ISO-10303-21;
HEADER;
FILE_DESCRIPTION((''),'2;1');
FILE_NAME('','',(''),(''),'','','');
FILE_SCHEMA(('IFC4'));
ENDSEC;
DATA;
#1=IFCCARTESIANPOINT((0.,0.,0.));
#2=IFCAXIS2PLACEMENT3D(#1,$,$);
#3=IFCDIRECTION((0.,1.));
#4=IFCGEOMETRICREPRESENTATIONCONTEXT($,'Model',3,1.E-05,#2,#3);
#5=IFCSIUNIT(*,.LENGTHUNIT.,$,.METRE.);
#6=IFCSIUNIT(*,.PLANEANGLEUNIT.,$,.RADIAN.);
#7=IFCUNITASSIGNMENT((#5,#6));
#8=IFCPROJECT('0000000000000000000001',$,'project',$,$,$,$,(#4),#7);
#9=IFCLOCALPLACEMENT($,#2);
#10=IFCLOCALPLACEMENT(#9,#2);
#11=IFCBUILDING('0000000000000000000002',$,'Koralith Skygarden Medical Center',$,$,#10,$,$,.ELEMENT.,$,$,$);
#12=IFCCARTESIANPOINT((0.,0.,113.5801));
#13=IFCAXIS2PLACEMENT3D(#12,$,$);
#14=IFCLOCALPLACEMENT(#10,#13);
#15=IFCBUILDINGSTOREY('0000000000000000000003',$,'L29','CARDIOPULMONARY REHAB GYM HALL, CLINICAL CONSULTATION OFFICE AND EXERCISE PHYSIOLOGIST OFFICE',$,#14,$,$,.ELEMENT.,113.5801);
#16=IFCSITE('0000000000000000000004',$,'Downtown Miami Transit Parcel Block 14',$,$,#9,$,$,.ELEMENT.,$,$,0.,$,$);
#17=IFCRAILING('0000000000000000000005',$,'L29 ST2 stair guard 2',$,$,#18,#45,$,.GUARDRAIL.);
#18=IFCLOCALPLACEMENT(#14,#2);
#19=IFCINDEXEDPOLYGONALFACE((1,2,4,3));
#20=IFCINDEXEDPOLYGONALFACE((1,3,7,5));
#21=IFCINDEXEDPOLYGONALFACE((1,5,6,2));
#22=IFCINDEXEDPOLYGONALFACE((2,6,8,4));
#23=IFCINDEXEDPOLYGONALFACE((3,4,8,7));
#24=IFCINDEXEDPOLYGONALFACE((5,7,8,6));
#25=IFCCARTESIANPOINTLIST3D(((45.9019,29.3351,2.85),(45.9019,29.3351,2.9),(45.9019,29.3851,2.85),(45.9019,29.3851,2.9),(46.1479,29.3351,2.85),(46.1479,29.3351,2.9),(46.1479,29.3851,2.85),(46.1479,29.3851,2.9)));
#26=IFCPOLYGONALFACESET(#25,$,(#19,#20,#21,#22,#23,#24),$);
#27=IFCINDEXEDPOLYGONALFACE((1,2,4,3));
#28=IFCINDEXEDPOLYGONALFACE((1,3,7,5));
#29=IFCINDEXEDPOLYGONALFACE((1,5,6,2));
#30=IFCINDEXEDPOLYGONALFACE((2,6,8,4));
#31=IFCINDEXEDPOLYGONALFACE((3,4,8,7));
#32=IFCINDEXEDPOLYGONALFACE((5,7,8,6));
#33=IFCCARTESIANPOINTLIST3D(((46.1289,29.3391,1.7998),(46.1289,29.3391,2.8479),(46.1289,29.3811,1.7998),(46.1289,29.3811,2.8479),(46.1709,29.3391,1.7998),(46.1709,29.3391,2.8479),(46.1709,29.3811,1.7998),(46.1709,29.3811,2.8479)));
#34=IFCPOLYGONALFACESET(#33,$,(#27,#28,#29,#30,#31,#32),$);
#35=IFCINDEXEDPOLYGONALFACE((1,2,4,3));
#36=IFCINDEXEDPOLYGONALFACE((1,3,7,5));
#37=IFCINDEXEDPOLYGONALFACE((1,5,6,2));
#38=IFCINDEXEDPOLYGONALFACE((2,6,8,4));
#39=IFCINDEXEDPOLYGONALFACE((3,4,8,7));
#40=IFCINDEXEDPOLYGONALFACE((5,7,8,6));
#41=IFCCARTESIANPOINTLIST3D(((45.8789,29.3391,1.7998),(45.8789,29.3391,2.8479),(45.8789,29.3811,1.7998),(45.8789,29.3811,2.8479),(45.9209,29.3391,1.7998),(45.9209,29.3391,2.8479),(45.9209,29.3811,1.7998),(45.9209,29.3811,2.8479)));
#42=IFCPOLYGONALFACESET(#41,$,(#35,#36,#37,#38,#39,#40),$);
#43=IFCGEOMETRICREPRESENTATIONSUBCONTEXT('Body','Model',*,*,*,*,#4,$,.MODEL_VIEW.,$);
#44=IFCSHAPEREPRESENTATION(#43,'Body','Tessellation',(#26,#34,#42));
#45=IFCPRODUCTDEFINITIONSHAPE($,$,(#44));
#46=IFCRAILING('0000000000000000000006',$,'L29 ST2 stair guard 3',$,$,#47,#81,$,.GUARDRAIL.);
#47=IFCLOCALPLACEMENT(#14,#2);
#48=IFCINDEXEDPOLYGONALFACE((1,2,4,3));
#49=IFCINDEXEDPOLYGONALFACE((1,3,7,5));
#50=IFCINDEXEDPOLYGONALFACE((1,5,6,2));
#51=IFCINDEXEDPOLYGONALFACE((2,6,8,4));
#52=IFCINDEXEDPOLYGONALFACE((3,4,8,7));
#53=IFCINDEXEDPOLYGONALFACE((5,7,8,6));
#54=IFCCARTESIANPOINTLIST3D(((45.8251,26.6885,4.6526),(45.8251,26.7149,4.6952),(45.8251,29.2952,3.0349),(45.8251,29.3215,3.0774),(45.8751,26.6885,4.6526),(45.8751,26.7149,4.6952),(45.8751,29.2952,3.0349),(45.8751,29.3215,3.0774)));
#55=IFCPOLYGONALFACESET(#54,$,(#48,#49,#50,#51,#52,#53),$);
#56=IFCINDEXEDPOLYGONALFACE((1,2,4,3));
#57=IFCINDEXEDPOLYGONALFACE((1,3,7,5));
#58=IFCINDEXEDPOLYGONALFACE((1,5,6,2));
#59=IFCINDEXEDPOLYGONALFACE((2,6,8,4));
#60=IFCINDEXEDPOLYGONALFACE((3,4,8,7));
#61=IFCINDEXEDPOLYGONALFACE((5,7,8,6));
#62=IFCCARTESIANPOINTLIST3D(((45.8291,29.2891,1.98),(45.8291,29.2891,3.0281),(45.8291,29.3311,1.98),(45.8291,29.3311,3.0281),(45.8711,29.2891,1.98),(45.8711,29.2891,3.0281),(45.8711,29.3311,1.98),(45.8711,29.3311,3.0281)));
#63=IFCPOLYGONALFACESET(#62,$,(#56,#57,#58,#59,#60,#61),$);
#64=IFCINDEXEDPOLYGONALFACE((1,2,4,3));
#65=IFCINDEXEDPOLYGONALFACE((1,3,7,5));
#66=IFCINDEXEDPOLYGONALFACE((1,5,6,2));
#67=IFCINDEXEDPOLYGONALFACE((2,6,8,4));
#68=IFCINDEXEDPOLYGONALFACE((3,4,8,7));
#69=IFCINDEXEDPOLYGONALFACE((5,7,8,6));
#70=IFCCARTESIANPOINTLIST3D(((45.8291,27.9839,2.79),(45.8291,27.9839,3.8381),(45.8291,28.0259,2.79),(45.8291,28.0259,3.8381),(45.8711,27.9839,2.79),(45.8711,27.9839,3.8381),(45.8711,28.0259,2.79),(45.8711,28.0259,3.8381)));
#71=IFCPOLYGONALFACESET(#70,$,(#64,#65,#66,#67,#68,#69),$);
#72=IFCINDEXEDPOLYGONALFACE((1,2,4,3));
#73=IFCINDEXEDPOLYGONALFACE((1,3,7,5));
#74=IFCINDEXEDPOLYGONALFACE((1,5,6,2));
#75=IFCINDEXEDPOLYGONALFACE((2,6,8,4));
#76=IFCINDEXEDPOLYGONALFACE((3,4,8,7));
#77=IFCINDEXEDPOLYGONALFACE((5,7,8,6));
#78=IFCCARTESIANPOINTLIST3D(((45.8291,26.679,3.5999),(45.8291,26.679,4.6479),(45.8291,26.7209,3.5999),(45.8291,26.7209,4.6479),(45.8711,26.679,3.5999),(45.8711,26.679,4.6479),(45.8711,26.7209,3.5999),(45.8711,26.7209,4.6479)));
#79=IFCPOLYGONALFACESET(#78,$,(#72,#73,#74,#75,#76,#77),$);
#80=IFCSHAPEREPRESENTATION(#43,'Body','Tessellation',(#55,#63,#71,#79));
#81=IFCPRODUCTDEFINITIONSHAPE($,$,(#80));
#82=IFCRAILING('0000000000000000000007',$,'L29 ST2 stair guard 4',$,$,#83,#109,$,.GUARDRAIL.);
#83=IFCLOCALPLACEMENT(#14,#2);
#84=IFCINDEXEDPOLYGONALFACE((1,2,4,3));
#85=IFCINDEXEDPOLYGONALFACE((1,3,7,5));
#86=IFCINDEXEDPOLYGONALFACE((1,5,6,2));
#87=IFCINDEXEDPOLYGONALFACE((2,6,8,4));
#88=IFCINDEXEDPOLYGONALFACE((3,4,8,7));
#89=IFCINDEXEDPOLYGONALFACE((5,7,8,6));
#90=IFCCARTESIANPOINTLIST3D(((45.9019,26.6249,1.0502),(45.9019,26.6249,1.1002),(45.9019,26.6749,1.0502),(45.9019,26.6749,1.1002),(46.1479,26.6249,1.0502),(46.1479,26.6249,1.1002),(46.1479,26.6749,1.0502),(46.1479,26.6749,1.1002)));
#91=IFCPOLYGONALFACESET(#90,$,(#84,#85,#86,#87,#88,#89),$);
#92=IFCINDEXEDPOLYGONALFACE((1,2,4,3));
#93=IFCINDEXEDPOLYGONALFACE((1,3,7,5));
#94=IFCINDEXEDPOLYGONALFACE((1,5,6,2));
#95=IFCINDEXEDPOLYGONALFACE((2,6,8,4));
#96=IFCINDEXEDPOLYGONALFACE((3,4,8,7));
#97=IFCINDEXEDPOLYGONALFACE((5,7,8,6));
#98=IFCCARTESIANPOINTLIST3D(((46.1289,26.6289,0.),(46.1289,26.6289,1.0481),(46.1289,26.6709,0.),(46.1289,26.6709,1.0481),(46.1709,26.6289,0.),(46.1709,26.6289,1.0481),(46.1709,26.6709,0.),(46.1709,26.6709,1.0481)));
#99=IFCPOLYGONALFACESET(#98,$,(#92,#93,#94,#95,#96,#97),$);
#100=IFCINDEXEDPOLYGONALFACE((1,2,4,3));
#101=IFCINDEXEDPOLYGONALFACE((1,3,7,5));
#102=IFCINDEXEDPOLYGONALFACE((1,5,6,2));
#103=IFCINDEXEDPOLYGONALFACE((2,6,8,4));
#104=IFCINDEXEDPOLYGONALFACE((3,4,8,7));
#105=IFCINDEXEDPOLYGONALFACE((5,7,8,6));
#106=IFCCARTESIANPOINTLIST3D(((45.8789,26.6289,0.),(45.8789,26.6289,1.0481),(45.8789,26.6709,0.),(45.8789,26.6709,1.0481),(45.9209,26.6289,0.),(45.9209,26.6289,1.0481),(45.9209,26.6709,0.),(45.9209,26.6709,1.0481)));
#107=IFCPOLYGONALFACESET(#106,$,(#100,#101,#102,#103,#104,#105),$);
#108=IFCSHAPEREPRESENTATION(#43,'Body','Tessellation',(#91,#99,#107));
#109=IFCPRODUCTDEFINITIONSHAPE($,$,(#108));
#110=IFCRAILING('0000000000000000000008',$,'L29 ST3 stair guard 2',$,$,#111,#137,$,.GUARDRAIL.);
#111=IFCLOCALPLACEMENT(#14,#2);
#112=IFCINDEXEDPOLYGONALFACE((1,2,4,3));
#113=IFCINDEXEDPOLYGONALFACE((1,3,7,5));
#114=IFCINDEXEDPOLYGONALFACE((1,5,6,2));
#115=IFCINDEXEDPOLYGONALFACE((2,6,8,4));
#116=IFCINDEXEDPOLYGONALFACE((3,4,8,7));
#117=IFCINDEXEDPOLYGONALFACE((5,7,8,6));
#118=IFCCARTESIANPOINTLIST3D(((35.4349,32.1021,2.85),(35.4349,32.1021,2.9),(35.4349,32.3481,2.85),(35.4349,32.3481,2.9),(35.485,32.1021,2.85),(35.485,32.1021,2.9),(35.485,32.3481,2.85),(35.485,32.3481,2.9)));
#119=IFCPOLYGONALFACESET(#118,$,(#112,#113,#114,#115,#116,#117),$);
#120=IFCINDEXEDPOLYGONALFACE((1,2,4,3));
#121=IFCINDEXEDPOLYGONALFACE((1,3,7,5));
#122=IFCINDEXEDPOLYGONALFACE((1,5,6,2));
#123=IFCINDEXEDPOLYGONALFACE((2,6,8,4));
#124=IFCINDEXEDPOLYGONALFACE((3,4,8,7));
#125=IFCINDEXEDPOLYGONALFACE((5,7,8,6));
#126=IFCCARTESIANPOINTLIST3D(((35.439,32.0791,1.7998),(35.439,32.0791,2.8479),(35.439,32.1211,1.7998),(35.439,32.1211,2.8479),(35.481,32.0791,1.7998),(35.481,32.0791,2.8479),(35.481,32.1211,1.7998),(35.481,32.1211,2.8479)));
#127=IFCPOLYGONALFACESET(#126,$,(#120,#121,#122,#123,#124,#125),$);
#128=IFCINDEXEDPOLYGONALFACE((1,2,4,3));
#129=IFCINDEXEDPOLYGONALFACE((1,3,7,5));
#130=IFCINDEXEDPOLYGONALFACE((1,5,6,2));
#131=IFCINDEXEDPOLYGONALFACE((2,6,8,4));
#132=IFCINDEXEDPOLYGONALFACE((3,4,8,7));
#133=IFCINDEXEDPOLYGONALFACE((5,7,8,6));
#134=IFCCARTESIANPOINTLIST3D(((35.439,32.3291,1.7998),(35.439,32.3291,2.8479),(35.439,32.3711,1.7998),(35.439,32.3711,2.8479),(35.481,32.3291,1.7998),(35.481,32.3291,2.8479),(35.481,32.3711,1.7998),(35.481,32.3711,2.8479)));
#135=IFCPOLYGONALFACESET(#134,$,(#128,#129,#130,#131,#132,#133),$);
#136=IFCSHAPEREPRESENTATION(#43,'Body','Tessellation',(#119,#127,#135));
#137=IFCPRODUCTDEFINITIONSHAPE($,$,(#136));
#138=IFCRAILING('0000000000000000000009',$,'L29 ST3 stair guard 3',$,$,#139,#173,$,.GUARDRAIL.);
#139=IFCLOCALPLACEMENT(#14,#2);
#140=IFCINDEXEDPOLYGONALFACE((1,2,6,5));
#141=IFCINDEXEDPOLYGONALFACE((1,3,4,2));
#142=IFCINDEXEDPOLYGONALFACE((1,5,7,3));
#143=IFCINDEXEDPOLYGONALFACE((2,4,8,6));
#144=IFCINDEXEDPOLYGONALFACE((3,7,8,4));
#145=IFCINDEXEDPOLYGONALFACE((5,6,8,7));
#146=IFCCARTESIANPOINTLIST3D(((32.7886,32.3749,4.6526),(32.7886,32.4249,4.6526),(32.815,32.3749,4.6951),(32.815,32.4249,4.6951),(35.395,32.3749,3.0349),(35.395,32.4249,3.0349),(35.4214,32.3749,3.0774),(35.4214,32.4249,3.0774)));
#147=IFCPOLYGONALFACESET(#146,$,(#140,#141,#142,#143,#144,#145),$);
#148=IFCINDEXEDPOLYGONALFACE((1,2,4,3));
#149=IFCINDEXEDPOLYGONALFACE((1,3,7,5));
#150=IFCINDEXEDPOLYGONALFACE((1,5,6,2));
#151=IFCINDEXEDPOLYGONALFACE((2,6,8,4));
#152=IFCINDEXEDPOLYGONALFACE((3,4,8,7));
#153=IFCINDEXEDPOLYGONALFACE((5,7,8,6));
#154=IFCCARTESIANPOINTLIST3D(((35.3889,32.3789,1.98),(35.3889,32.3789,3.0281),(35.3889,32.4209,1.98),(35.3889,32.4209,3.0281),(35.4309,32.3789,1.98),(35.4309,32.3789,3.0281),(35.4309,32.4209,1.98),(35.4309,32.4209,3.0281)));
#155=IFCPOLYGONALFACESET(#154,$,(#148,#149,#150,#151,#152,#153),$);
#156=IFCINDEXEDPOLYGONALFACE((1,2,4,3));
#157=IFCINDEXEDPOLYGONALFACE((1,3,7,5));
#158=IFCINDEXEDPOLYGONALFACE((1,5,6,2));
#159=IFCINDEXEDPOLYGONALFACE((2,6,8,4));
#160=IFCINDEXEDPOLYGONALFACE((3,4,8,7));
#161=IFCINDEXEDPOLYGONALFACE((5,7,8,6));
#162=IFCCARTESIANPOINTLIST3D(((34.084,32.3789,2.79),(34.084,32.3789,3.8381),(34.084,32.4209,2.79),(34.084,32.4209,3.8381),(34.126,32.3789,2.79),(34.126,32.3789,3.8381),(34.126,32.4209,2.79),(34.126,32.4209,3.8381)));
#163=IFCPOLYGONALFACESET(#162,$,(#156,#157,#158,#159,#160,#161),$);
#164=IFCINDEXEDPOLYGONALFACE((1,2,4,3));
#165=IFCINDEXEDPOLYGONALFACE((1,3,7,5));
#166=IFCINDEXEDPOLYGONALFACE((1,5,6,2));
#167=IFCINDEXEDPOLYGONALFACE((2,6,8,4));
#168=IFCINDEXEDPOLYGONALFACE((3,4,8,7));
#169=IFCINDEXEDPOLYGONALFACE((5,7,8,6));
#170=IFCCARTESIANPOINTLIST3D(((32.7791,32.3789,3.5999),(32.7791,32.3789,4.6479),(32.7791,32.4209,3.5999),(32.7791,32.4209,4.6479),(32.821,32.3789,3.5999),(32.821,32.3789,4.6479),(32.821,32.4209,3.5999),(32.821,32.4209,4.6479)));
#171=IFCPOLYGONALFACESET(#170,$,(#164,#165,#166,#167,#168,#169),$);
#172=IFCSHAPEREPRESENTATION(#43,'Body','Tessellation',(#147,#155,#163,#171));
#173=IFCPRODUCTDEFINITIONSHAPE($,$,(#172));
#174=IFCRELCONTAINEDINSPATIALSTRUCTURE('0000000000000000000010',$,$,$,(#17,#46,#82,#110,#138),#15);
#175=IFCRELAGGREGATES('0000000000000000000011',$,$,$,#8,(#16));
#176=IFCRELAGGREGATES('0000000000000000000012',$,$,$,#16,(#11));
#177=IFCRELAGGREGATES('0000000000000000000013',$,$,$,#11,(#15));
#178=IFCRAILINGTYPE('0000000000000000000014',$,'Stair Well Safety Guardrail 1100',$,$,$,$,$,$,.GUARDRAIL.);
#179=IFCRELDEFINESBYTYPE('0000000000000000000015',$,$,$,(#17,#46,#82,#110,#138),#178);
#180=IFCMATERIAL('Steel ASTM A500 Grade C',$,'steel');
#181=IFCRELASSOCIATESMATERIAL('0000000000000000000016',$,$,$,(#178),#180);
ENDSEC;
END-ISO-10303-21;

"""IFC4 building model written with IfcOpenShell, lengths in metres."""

from ifc_helpers import new_model, si_unit, direction, frame, origin, origin_2d, place, context, subcontext, project, spatial, rectangle, extrude, material, type_object, element, save


model = new_model("IFC4")

# Units and contexts
model_context = context("Model", 3, precision=1e-05, world=origin(), true_north=direction((0.0, 1.0)))
body_context = subcontext(model_context, "Body", "Model", "MODEL_VIEW")
ifc_project = project(units=[si_unit("LENGTHUNIT", "METRE"), si_unit("PLANEANGLEUNIT", "RADIAN")], contexts=[model_context])

# Site, building, storey
site_placement = place(None, origin())
site = spatial("IfcSite", under=ifc_project, at=site_placement, Name="Downtown Miami Transit Parcel Block 14", CompositionType="ELEMENT", RefElevation=0.0)
building_placement = place(site_placement, origin())
building = spatial("IfcBuilding", under=site, at=building_placement, Name="Koralith Skygarden Medical Center", CompositionType="ELEMENT")
storey_placement = place(building_placement, frame((0.0, 0.0, 113.5801)))
storey = spatial("IfcBuildingStorey", under=building, at=storey_placement, Name="L29", Description="CARDIOPULMONARY REHAB GYM HALL, CLINICAL CONSULTATION OFFICE AND EXERCISE PHYSIOLOGIST OFFICE", CompositionType="ELEMENT", Elevation=113.5801)

# Railings
ifc_material_1 = material(Name="Steel ASTM A500 Grade C", Category="steel")
railing_type_1 = type_object("IfcRailingType", Name="Stair Well Safety Guardrail 1100", PredefinedType="GUARDRAIL", material=ifc_material_1)
railing_1_placement = place(storey_placement, frame((46.1499, 29.3601, 1.7998)))
element("IfcRailing", 1, at=railing_1_placement, inside=storey, type_object=railing_type_1, Name="L29 ST2 stair guard 2", PredefinedType="GUARDRAIL", context=body_context, shape_type="SweptSolid", body=[
    extrude(rectangle(XDim=0.05, YDim=0.05, at=origin_2d()), frame((-0.002, 0.0, 1.0752), z_axis=(-1.0, 0.0, 0.0), x_axis=(0.0, -1.0, 0.0)), (0.0, 0.0, 1.0), 0.2461),
    extrude(rectangle(XDim=0.042, YDim=0.042, at=origin_2d()), origin(), (0.0, 0.0, 1.0), 1.0481),
    extrude(rectangle(XDim=0.042, YDim=0.042, at=origin_2d()), frame((-0.25, 0.0, 0.0)), (0.0, 0.0, 1.0), 1.0481),
])
railing_2_placement = place(storey_placement, frame((45.8501, 29.3101, 1.98)))
element("IfcRailing", 2, at=railing_2_placement, inside=storey, type_object=railing_type_1, Name="L29 ST2 stair guard 3", PredefinedType="GUARDRAIL", context=body_context, shape_type="SweptSolid", body=[
    extrude(rectangle(XDim=0.05, YDim=0.05, at=origin_2d()), frame((0.0, -0.0017, 1.0762), z_axis=(0.0, -0.849668, 0.527317), x_axis=(1.0, 0.0, 0.0)), (0.0, 0.0, 1.0), 3.0679),
    extrude(rectangle(XDim=0.042, YDim=0.042, at=origin_2d()), origin(), (0.0, 0.0, 1.0), 1.0481),
    extrude(rectangle(XDim=0.042, YDim=0.042, at=origin_2d()), frame((0.0, -1.3052, 0.8101)), (0.0, 0.0, 1.0), 1.0481),
    extrude(rectangle(XDim=0.042, YDim=0.042, at=origin_2d()), frame((0.0, -2.6101, 1.6199)), (0.0, 0.0, 1.0), 1.0481),
])
railing_3_placement = place(storey_placement, frame((46.1499, 26.6499, 0.0)))
element("IfcRailing", 3, at=railing_3_placement, inside=storey, type_object=railing_type_1, Name="L29 ST2 stair guard 4", PredefinedType="GUARDRAIL", context=body_context, shape_type="SweptSolid", body=[
    extrude(rectangle(XDim=0.05, YDim=0.05, at=origin_2d()), frame((-0.002, 0.0, 1.0752), z_axis=(-1.0, 0.0, 0.0), x_axis=(0.0, -1.0, 0.0)), (0.0, 0.0, 1.0), 0.2461),
    extrude(rectangle(XDim=0.042, YDim=0.042, at=origin_2d()), origin(), (0.0, 0.0, 1.0), 1.0481),
    extrude(rectangle(XDim=0.042, YDim=0.042, at=origin_2d()), frame((-0.25, 0.0, 0.0)), (0.0, 0.0, 1.0), 1.0481),
])
railing_4_placement = place(storey_placement, frame((35.46, 32.1001, 1.7998)))
element("IfcRailing", 4, at=railing_4_placement, inside=storey, type_object=railing_type_1, Name="L29 ST3 stair guard 2", PredefinedType="GUARDRAIL", context=body_context, shape_type="SweptSolid", body=[
    extrude(rectangle(XDim=0.05, YDim=0.05, at=origin_2d()), frame((0.0, 0.002, 1.0752), z_axis=(0.0, 1.0, 0.0), x_axis=(-1.0, 0.0, 0.0)), (0.0, 0.0, 1.0), 0.2461),
    extrude(rectangle(XDim=0.042, YDim=0.042, at=origin_2d()), origin(), (0.0, 0.0, 1.0), 1.0481),
    extrude(rectangle(XDim=0.042, YDim=0.042, at=origin_2d()), frame((0.0, 0.25, 0.0)), (0.0, 0.0, 1.0), 1.0481),
])
railing_5_placement = place(storey_placement, frame((35.4099, 32.3999, 1.98)))
element("IfcRailing", 5, at=railing_5_placement, inside=storey, type_object=railing_type_1, Name="L29 ST3 stair guard 3", PredefinedType="GUARDRAIL", context=body_context, shape_type="SweptSolid", body=[
    extrude(rectangle(XDim=0.05, YDim=0.05, at=origin_2d()), frame((-0.0017, 0.0, 1.0762), z_axis=(-0.849646, 0.0, 0.527353), x_axis=(0.0, -1.0, 0.0)), (0.0, 0.0, 1.0), 3.0676),
    extrude(rectangle(XDim=0.042, YDim=0.042, at=origin_2d()), origin(), (0.0, 0.0, 1.0), 1.0481),
    extrude(rectangle(XDim=0.042, YDim=0.042, at=origin_2d()), frame((-1.3049, 0.0, 0.8101)), (0.0, 0.0, 1.0), 1.0481),
    extrude(rectangle(XDim=0.042, YDim=0.042, at=origin_2d()), frame((-2.6099, 0.0, 1.6199)), (0.0, 0.0, 1.0), 1.0481),
])

save(model, "model.ifc")
